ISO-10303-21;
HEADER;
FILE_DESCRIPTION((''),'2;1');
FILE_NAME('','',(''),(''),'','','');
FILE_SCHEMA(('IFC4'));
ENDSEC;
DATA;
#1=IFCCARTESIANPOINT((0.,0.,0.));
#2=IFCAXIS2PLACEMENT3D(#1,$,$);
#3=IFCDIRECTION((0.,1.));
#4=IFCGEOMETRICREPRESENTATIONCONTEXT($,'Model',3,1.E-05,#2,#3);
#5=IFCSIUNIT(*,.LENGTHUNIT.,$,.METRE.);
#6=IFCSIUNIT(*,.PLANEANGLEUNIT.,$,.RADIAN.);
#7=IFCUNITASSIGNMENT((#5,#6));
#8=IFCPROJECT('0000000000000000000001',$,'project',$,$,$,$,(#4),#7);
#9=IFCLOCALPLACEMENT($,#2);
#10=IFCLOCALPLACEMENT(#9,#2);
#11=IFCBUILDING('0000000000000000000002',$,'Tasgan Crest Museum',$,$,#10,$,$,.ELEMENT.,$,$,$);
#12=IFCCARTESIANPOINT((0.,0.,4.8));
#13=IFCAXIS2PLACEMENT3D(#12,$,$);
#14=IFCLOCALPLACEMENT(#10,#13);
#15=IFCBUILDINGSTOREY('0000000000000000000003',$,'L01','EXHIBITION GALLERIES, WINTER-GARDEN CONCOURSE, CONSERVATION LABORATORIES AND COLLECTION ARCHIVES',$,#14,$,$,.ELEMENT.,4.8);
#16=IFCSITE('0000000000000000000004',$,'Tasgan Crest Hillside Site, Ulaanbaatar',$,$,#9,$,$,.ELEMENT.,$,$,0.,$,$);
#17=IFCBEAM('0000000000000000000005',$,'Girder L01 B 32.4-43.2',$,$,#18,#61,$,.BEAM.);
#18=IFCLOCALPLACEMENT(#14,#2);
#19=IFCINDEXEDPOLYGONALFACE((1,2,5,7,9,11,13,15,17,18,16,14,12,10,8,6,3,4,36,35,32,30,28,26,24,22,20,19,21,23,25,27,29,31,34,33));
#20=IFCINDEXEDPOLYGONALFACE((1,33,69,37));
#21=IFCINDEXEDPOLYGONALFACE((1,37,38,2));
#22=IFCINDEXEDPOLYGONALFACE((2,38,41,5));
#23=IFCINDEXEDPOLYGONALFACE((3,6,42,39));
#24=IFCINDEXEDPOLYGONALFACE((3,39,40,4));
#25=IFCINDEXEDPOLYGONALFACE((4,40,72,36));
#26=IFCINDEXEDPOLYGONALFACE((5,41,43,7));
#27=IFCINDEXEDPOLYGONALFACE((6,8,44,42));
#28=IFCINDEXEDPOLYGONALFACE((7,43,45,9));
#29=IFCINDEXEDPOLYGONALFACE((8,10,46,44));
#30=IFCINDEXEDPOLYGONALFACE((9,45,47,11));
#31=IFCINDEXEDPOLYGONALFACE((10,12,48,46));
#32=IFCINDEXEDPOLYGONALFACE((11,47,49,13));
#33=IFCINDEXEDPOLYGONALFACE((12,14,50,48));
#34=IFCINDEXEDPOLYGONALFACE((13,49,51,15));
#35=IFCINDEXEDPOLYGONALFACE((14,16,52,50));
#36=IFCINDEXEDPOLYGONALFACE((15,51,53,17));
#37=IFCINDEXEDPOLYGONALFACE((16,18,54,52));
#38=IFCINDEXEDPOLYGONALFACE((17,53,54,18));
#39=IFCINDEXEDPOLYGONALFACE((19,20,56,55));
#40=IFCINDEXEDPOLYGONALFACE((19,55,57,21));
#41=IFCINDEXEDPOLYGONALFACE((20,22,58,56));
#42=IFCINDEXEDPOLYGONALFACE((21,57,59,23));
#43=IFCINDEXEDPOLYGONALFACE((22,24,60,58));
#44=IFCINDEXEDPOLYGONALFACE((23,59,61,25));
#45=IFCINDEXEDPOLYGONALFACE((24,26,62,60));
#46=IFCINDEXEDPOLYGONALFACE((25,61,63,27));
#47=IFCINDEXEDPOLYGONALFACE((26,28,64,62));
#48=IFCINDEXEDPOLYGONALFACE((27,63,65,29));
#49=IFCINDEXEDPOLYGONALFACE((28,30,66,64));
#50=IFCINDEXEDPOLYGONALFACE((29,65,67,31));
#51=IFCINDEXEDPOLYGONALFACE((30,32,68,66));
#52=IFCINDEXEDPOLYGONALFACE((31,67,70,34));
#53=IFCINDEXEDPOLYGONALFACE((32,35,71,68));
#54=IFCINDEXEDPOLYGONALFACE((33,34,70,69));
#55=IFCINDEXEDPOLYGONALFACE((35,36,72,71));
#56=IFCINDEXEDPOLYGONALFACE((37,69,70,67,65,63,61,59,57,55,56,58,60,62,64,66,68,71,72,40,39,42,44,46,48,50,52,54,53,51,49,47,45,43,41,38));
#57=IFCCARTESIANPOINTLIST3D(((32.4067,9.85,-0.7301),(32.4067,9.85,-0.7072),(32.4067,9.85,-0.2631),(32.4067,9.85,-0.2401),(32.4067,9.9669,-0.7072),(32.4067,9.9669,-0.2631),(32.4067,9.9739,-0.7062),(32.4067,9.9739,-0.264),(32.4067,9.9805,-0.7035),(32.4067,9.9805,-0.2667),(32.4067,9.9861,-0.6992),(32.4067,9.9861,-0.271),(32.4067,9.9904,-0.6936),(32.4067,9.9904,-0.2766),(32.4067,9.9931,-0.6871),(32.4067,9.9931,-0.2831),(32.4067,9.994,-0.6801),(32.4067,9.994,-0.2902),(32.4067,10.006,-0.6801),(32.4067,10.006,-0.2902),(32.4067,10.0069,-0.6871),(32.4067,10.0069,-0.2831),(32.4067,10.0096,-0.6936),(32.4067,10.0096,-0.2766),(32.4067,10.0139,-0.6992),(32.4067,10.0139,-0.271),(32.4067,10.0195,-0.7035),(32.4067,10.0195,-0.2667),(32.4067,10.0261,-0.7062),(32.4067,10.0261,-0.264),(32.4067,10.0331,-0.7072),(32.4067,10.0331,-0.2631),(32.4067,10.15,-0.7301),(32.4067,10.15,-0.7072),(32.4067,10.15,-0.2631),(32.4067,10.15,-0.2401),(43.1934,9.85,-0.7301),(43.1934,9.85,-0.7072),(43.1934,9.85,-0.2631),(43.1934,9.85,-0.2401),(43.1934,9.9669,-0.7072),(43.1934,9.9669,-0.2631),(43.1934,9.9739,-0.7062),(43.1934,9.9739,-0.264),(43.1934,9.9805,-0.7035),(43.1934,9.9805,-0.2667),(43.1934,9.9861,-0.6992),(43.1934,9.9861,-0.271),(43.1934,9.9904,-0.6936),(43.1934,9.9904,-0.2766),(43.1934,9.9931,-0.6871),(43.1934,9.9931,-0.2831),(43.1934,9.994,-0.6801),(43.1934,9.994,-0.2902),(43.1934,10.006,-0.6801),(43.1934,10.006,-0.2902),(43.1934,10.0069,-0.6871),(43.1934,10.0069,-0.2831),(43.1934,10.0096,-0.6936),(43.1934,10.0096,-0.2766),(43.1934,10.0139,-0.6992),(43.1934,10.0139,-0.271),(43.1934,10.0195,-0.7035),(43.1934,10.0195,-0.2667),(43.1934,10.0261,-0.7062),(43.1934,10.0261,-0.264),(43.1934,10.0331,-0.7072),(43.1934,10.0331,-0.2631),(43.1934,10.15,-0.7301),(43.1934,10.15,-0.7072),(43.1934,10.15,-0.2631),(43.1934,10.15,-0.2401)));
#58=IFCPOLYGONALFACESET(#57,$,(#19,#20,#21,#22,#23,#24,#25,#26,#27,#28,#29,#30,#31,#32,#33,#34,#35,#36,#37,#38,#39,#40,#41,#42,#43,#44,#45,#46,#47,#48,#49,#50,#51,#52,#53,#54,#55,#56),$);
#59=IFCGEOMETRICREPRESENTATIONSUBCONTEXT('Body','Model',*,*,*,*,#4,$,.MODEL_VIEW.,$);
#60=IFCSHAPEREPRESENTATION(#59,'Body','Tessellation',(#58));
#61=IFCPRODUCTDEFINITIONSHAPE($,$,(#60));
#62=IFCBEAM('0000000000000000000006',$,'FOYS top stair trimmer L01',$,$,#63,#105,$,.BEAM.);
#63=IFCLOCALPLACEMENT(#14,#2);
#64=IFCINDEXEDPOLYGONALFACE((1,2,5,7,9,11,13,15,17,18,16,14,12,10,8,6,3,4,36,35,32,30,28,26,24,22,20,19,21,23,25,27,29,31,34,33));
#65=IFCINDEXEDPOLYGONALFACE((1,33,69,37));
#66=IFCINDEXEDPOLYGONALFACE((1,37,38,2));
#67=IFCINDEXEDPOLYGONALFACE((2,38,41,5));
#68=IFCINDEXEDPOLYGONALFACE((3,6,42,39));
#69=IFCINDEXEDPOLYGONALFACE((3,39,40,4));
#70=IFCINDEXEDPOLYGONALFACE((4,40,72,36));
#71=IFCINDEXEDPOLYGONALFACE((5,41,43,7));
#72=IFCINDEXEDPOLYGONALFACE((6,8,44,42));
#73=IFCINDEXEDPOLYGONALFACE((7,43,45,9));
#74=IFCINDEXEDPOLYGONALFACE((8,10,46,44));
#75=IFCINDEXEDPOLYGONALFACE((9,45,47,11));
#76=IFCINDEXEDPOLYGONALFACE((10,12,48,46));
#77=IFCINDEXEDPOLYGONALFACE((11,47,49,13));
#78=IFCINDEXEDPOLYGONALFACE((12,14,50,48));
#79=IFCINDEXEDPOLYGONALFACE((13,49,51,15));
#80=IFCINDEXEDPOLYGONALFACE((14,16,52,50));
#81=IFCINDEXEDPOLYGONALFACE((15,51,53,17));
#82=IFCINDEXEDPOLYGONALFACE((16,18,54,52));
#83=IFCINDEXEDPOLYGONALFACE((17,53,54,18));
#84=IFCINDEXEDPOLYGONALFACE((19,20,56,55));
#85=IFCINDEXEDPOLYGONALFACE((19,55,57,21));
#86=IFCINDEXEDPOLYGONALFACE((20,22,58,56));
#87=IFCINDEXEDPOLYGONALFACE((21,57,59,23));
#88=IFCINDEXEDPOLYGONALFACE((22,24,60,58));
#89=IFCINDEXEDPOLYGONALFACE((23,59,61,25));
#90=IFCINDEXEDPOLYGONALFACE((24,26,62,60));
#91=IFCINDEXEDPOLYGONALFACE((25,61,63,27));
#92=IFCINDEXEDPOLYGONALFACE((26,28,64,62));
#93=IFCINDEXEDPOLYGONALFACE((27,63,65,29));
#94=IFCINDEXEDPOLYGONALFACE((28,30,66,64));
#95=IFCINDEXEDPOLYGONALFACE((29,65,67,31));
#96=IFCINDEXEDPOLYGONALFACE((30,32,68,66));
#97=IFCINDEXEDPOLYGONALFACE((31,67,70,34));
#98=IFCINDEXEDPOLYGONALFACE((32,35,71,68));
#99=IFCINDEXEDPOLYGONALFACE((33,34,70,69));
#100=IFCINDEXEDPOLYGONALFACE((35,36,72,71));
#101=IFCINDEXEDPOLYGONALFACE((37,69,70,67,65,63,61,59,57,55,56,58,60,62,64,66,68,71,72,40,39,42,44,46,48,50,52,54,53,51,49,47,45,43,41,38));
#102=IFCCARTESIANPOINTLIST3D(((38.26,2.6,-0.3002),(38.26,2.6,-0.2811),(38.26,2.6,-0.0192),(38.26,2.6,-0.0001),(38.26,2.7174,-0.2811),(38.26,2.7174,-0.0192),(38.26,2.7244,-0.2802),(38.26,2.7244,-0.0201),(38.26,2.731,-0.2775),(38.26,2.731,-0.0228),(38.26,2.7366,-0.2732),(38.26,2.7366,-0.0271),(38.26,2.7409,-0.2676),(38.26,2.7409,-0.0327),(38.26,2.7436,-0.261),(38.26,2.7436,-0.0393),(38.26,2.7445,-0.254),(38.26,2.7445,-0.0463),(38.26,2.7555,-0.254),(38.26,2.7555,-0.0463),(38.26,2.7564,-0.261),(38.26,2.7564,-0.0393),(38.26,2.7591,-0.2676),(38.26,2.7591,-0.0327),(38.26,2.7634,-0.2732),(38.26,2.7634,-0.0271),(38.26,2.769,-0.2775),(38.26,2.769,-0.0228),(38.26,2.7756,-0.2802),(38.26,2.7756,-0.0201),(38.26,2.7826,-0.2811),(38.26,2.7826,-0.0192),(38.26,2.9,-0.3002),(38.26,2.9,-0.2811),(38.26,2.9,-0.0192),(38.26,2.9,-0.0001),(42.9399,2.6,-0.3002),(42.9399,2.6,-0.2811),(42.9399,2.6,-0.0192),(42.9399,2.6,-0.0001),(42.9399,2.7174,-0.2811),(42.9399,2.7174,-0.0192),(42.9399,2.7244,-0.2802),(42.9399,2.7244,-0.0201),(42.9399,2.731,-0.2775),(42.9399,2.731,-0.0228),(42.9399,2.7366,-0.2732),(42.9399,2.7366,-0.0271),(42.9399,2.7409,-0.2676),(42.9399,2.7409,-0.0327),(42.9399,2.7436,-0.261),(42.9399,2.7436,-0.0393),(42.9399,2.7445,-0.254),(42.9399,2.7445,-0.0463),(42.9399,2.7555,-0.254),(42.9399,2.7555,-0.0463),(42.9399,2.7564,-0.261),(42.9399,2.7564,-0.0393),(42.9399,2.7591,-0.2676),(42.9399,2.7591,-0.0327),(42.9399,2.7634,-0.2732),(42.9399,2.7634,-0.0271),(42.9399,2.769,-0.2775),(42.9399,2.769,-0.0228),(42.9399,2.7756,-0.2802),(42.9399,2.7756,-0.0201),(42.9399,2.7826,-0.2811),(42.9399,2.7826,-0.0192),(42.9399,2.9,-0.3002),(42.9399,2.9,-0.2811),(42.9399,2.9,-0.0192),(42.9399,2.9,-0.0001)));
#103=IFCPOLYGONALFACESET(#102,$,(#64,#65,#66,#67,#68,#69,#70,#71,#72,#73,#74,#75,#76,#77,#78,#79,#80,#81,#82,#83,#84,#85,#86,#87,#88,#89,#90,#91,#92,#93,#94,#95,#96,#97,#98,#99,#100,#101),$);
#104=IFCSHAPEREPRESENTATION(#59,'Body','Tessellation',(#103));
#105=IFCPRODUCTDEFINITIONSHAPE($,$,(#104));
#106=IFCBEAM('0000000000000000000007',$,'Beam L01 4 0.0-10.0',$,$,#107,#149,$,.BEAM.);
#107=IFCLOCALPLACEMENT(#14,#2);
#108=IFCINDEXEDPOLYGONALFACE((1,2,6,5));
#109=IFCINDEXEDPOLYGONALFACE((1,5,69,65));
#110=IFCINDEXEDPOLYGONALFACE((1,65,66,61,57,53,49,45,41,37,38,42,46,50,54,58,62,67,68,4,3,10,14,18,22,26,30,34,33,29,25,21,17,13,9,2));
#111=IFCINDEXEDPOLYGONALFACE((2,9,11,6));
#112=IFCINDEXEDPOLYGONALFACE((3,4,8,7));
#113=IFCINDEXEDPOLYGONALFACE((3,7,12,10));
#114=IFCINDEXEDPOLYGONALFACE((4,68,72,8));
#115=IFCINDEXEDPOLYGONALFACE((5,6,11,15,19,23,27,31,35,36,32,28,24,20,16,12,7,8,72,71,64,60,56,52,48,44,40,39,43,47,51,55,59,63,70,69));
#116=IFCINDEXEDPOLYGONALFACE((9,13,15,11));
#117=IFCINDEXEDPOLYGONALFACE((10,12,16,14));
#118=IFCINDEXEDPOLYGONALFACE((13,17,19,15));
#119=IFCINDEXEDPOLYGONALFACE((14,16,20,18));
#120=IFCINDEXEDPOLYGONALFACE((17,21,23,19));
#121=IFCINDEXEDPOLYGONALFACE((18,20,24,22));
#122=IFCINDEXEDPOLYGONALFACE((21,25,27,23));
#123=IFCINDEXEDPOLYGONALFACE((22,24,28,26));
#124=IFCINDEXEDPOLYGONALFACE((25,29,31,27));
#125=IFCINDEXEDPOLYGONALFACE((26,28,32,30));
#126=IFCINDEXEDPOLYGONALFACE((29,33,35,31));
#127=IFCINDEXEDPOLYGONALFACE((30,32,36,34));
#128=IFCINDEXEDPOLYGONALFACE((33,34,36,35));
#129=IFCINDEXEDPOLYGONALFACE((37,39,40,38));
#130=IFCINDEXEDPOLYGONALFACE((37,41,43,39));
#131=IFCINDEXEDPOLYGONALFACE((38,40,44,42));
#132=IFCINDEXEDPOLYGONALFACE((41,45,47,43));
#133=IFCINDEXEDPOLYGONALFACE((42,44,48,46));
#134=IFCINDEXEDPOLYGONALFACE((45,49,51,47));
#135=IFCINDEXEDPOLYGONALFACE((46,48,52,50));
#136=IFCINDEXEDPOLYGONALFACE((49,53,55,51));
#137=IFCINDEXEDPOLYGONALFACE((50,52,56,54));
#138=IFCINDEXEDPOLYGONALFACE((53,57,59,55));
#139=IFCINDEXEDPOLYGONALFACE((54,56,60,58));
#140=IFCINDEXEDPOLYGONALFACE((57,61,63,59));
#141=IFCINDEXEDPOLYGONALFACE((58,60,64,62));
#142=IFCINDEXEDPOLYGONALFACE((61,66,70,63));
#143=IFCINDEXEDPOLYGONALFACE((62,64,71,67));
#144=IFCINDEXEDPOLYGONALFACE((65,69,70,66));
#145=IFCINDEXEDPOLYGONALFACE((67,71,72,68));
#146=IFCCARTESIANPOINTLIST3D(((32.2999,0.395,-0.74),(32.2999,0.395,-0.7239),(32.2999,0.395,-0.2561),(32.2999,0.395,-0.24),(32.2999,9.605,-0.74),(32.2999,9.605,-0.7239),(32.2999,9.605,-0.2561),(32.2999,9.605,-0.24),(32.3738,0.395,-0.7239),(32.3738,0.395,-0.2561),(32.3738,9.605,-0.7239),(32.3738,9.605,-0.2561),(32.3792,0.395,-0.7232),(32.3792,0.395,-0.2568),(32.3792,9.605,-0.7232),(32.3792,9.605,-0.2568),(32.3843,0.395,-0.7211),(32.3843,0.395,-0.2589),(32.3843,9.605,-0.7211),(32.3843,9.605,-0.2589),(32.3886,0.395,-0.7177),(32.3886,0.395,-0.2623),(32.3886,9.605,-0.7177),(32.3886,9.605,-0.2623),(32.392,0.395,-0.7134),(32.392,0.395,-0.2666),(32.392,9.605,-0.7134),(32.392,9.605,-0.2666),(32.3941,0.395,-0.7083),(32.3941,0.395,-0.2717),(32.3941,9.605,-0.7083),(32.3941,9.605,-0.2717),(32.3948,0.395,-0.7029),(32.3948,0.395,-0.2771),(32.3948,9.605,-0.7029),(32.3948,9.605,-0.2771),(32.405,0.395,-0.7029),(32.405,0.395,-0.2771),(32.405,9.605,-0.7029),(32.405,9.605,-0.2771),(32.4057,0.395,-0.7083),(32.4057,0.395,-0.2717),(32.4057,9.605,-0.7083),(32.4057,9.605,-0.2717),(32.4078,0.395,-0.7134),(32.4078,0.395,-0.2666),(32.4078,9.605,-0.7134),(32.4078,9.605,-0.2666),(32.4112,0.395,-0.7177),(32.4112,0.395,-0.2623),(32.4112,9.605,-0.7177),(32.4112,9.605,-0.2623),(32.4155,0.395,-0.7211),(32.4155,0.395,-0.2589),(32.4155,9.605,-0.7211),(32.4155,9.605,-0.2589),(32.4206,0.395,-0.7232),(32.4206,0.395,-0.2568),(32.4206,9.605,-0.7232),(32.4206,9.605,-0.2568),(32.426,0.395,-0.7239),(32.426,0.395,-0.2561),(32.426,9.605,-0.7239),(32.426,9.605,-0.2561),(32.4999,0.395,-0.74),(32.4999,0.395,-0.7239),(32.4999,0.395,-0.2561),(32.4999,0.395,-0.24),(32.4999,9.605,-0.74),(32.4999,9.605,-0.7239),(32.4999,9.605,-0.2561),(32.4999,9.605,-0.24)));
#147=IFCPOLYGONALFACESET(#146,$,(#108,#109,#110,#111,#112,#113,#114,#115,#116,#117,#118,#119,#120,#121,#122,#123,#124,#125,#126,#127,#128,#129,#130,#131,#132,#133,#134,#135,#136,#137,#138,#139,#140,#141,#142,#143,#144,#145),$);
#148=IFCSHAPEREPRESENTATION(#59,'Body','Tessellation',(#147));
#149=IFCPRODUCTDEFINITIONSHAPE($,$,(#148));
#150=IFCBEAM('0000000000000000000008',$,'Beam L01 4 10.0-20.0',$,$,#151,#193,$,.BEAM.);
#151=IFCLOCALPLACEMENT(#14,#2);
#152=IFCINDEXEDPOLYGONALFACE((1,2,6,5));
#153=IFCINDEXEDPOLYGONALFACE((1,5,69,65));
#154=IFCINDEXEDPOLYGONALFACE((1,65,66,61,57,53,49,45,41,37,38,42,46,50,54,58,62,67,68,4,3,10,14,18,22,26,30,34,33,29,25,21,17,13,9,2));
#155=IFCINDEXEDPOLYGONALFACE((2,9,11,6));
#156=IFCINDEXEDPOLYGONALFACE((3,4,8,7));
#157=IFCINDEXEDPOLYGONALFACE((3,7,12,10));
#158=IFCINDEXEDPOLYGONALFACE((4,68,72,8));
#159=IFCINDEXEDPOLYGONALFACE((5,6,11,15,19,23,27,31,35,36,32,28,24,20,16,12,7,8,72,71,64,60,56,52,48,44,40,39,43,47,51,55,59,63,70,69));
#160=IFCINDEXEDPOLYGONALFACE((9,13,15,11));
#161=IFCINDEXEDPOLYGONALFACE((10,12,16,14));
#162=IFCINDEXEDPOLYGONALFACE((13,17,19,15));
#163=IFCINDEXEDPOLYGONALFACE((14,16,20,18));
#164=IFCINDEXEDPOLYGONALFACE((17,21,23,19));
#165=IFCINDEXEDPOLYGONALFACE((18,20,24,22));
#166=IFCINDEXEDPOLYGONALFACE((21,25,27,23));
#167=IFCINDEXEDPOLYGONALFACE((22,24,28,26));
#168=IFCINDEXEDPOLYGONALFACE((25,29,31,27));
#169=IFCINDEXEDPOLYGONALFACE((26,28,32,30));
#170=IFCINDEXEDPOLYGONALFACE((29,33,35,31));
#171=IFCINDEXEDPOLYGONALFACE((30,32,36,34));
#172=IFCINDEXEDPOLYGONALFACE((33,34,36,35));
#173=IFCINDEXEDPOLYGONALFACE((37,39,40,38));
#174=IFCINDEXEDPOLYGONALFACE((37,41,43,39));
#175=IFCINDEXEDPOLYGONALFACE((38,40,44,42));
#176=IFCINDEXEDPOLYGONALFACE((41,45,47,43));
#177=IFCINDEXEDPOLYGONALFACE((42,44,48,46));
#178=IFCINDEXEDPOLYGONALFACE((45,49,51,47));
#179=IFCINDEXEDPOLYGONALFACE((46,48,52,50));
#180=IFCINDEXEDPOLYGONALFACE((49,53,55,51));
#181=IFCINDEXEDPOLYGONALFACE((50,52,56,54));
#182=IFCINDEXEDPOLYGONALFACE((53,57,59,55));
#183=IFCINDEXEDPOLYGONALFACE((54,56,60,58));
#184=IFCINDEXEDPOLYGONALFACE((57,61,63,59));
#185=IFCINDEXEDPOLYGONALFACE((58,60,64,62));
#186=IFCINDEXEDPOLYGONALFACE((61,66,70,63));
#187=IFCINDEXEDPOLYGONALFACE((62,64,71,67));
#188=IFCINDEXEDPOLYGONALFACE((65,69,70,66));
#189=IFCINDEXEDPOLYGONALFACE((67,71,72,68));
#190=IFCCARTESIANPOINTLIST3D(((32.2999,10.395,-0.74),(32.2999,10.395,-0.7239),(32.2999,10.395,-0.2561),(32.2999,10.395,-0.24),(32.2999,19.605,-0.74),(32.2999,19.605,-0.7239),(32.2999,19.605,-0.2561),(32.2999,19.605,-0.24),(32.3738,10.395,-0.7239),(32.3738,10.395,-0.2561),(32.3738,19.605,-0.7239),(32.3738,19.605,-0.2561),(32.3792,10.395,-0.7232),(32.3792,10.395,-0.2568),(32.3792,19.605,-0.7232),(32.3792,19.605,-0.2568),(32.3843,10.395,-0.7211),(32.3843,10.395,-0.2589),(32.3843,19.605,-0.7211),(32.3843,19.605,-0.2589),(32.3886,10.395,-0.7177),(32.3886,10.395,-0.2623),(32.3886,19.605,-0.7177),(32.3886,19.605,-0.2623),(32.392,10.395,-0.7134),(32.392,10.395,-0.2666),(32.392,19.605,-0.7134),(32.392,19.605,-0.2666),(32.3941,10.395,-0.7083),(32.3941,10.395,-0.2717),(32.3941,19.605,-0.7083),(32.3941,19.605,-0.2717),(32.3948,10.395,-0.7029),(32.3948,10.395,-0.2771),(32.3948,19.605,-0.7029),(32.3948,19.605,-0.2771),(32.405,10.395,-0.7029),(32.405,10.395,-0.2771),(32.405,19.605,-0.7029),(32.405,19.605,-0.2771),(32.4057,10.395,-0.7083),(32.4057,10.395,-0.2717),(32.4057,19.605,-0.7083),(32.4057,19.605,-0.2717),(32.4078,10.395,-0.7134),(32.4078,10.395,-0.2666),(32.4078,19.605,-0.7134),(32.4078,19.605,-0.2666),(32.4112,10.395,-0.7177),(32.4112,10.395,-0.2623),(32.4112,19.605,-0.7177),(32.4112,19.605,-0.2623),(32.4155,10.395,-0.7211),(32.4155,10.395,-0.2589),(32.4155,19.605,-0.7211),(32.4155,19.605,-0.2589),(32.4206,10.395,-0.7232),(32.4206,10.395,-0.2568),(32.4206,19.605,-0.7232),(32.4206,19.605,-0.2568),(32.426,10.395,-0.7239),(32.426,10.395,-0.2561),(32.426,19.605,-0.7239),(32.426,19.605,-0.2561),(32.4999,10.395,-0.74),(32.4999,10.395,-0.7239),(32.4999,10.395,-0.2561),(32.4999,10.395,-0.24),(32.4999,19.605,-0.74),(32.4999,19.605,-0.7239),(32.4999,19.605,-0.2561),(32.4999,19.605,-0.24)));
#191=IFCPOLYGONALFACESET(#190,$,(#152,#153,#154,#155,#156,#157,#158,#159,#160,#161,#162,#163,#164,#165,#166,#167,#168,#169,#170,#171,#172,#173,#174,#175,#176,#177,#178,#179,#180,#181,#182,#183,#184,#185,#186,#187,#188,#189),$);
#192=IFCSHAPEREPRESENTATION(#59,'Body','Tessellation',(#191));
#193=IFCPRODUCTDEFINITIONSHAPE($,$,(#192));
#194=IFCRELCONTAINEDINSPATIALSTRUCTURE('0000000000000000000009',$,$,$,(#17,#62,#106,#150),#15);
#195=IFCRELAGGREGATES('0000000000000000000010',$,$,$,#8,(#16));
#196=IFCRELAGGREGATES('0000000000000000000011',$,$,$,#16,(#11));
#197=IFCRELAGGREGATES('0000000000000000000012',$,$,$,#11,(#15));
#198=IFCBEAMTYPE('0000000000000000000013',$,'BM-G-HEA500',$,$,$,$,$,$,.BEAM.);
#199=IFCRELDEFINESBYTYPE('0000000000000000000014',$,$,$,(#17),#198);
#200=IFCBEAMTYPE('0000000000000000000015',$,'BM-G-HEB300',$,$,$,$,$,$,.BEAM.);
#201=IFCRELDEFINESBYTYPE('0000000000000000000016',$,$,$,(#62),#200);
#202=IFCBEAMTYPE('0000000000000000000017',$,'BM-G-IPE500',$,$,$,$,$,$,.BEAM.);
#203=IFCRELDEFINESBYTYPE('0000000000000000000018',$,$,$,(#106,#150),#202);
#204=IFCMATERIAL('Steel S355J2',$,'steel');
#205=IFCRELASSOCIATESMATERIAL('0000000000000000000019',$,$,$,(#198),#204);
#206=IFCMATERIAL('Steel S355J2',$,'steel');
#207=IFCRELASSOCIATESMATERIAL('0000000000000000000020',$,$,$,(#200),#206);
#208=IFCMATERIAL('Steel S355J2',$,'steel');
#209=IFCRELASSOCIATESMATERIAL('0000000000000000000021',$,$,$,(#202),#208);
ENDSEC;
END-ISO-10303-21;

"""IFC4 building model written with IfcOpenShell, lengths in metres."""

from ifc_helpers import new_model, si_unit, direction, frame, origin, origin_2d, place, context, subcontext, project, spatial, i_section, extrude, material, material_profile, profile_set, type_object, element, save


model = new_model("IFC4")

# Units and contexts
model_context = context("Model", 3, precision=1e-05, world=origin(), true_north=direction((0.0, 1.0)))
body_context = subcontext(model_context, "Body", "Model", "MODEL_VIEW")
ifc_project = project(units=[si_unit("LENGTHUNIT", "METRE"), si_unit("PLANEANGLEUNIT", "RADIAN")], contexts=[model_context])

# Site, building, storey
site_placement = place(None, origin())
site = spatial("IfcSite", under=ifc_project, at=site_placement, Name="Tasgan Crest Hillside Site, Ulaanbaatar", CompositionType="ELEMENT", RefElevation=0.0)
building_placement = place(site_placement, origin())
building = spatial("IfcBuilding", under=site, at=building_placement, Name="Tasgan Crest Museum", CompositionType="ELEMENT")
storey_placement = place(building_placement, frame((0.0, 0.0, 4.8)))
storey = spatial("IfcBuildingStorey", under=building, at=storey_placement, Name="L01", Description="EXHIBITION GALLERIES, WINTER-GARDEN CONCOURSE, CONSERVATION LABORATORIES AND COLLECTION ARCHIVES", CompositionType="ELEMENT", Elevation=4.8)

# Beams
ifc_material_1 = material(Name="Steel S355J2", Category="steel")
ifc_material_profile_1 = material_profile(ifc_material_1, i_section(OverallWidth=0.3, OverallDepth=0.49, WebThickness=0.012, FlangeThickness=0.0229, FilletRadius=0.0271, at=origin_2d()), Name="HEA 500")
ifc_profile_set_1 = profile_set([ifc_material_profile_1], Name="Steel S355J2")
beam_type_1 = type_object("IfcBeamType", Name="BM-G-HEA500", PredefinedType="BEAM", material=ifc_profile_set_1)
for number, where, z_axis, x_axis, name in (
    (1, (32.4067, 10.0, -0.4851), (1.0, 0.0, 0.0), (0.0, 1.0, 0.0), "Girder L01 B 32.4-43.2"),
):
    element("IfcBeam", number, at=place(storey_placement, frame(where, z_axis=z_axis, x_axis=x_axis)), inside=storey, type_object=beam_type_1, Name=name, PredefinedType="BEAM", context=body_context, shape_type="SweptSolid", body=[
        extrude(i_section(OverallWidth=0.3, OverallDepth=0.49, WebThickness=0.012, FlangeThickness=0.0229, FilletRadius=0.0271, at=origin_2d()), origin(), (0.0, 0.0, 1.0), 10.7866),
    ])
ifc_material_2 = material(Name="Steel S355J2", Category="steel")
ifc_material_profile_2 = material_profile(ifc_material_2, i_section(OverallWidth=0.3, OverallDepth=0.3, WebThickness=0.011, FlangeThickness=0.019, FilletRadius=0.0271, at=origin_2d()), Name="HEB 300")
ifc_profile_set_2 = profile_set([ifc_material_profile_2], Name="Steel S355J2")
beam_type_2 = type_object("IfcBeamType", Name="BM-G-HEB300", PredefinedType="BEAM", material=ifc_profile_set_2)
beam_1_placement = place(storey_placement, frame((38.26, 2.75, -0.1501), z_axis=(1.0, 0.0, 0.0), x_axis=(0.0, 1.0, 0.0)))
element("IfcBeam", 2, at=beam_1_placement, inside=storey, type_object=beam_type_2, Name="FOYS top stair trimmer L01", PredefinedType="BEAM", context=body_context, shape_type="SweptSolid", body=[
    extrude(i_section(OverallWidth=0.3, OverallDepth=0.3, WebThickness=0.011, FlangeThickness=0.019, FilletRadius=0.0271, at=origin_2d()), origin(), (0.0, 0.0, 1.0), 4.6799),
])
ifc_material_3 = material(Name="Steel S355J2", Category="steel")
ifc_material_profile_3 = material_profile(ifc_material_3, i_section(OverallWidth=0.2, OverallDepth=0.5, WebThickness=0.0103, FlangeThickness=0.0161, FilletRadius=0.021, at=origin_2d()), Name="IPE 500")
ifc_profile_set_3 = profile_set([ifc_material_profile_3], Name="Steel S355J2")
beam_type_3 = type_object("IfcBeamType", Name="BM-G-IPE500", PredefinedType="BEAM", material=ifc_profile_set_3)
for number, where, z_axis, x_axis, name in (
    (3, (32.3999, 0.395, -0.49), (0.0, 1.0, 0.0), (-1.0, 0.0, 0.0), "Beam L01 4 0.0-10.0"),
    (4, (32.3999, 10.395, -0.49), (0.0, 1.0, 0.0), (-1.0, 0.0, 0.0), "Beam L01 4 10.0-20.0"),
):
    element("IfcBeam", number, at=place(storey_placement, frame(where, z_axis=z_axis, x_axis=x_axis)), inside=storey, type_object=beam_type_3, Name=name, PredefinedType="BEAM", context=body_context, shape_type="SweptSolid", body=[
        extrude(i_section(OverallWidth=0.2, OverallDepth=0.5, WebThickness=0.0103, FlangeThickness=0.0161, FilletRadius=0.021, at=origin_2d()), origin(), (0.0, 0.0, 1.0), 9.21),
    ])

save(model, "model.ifc")
